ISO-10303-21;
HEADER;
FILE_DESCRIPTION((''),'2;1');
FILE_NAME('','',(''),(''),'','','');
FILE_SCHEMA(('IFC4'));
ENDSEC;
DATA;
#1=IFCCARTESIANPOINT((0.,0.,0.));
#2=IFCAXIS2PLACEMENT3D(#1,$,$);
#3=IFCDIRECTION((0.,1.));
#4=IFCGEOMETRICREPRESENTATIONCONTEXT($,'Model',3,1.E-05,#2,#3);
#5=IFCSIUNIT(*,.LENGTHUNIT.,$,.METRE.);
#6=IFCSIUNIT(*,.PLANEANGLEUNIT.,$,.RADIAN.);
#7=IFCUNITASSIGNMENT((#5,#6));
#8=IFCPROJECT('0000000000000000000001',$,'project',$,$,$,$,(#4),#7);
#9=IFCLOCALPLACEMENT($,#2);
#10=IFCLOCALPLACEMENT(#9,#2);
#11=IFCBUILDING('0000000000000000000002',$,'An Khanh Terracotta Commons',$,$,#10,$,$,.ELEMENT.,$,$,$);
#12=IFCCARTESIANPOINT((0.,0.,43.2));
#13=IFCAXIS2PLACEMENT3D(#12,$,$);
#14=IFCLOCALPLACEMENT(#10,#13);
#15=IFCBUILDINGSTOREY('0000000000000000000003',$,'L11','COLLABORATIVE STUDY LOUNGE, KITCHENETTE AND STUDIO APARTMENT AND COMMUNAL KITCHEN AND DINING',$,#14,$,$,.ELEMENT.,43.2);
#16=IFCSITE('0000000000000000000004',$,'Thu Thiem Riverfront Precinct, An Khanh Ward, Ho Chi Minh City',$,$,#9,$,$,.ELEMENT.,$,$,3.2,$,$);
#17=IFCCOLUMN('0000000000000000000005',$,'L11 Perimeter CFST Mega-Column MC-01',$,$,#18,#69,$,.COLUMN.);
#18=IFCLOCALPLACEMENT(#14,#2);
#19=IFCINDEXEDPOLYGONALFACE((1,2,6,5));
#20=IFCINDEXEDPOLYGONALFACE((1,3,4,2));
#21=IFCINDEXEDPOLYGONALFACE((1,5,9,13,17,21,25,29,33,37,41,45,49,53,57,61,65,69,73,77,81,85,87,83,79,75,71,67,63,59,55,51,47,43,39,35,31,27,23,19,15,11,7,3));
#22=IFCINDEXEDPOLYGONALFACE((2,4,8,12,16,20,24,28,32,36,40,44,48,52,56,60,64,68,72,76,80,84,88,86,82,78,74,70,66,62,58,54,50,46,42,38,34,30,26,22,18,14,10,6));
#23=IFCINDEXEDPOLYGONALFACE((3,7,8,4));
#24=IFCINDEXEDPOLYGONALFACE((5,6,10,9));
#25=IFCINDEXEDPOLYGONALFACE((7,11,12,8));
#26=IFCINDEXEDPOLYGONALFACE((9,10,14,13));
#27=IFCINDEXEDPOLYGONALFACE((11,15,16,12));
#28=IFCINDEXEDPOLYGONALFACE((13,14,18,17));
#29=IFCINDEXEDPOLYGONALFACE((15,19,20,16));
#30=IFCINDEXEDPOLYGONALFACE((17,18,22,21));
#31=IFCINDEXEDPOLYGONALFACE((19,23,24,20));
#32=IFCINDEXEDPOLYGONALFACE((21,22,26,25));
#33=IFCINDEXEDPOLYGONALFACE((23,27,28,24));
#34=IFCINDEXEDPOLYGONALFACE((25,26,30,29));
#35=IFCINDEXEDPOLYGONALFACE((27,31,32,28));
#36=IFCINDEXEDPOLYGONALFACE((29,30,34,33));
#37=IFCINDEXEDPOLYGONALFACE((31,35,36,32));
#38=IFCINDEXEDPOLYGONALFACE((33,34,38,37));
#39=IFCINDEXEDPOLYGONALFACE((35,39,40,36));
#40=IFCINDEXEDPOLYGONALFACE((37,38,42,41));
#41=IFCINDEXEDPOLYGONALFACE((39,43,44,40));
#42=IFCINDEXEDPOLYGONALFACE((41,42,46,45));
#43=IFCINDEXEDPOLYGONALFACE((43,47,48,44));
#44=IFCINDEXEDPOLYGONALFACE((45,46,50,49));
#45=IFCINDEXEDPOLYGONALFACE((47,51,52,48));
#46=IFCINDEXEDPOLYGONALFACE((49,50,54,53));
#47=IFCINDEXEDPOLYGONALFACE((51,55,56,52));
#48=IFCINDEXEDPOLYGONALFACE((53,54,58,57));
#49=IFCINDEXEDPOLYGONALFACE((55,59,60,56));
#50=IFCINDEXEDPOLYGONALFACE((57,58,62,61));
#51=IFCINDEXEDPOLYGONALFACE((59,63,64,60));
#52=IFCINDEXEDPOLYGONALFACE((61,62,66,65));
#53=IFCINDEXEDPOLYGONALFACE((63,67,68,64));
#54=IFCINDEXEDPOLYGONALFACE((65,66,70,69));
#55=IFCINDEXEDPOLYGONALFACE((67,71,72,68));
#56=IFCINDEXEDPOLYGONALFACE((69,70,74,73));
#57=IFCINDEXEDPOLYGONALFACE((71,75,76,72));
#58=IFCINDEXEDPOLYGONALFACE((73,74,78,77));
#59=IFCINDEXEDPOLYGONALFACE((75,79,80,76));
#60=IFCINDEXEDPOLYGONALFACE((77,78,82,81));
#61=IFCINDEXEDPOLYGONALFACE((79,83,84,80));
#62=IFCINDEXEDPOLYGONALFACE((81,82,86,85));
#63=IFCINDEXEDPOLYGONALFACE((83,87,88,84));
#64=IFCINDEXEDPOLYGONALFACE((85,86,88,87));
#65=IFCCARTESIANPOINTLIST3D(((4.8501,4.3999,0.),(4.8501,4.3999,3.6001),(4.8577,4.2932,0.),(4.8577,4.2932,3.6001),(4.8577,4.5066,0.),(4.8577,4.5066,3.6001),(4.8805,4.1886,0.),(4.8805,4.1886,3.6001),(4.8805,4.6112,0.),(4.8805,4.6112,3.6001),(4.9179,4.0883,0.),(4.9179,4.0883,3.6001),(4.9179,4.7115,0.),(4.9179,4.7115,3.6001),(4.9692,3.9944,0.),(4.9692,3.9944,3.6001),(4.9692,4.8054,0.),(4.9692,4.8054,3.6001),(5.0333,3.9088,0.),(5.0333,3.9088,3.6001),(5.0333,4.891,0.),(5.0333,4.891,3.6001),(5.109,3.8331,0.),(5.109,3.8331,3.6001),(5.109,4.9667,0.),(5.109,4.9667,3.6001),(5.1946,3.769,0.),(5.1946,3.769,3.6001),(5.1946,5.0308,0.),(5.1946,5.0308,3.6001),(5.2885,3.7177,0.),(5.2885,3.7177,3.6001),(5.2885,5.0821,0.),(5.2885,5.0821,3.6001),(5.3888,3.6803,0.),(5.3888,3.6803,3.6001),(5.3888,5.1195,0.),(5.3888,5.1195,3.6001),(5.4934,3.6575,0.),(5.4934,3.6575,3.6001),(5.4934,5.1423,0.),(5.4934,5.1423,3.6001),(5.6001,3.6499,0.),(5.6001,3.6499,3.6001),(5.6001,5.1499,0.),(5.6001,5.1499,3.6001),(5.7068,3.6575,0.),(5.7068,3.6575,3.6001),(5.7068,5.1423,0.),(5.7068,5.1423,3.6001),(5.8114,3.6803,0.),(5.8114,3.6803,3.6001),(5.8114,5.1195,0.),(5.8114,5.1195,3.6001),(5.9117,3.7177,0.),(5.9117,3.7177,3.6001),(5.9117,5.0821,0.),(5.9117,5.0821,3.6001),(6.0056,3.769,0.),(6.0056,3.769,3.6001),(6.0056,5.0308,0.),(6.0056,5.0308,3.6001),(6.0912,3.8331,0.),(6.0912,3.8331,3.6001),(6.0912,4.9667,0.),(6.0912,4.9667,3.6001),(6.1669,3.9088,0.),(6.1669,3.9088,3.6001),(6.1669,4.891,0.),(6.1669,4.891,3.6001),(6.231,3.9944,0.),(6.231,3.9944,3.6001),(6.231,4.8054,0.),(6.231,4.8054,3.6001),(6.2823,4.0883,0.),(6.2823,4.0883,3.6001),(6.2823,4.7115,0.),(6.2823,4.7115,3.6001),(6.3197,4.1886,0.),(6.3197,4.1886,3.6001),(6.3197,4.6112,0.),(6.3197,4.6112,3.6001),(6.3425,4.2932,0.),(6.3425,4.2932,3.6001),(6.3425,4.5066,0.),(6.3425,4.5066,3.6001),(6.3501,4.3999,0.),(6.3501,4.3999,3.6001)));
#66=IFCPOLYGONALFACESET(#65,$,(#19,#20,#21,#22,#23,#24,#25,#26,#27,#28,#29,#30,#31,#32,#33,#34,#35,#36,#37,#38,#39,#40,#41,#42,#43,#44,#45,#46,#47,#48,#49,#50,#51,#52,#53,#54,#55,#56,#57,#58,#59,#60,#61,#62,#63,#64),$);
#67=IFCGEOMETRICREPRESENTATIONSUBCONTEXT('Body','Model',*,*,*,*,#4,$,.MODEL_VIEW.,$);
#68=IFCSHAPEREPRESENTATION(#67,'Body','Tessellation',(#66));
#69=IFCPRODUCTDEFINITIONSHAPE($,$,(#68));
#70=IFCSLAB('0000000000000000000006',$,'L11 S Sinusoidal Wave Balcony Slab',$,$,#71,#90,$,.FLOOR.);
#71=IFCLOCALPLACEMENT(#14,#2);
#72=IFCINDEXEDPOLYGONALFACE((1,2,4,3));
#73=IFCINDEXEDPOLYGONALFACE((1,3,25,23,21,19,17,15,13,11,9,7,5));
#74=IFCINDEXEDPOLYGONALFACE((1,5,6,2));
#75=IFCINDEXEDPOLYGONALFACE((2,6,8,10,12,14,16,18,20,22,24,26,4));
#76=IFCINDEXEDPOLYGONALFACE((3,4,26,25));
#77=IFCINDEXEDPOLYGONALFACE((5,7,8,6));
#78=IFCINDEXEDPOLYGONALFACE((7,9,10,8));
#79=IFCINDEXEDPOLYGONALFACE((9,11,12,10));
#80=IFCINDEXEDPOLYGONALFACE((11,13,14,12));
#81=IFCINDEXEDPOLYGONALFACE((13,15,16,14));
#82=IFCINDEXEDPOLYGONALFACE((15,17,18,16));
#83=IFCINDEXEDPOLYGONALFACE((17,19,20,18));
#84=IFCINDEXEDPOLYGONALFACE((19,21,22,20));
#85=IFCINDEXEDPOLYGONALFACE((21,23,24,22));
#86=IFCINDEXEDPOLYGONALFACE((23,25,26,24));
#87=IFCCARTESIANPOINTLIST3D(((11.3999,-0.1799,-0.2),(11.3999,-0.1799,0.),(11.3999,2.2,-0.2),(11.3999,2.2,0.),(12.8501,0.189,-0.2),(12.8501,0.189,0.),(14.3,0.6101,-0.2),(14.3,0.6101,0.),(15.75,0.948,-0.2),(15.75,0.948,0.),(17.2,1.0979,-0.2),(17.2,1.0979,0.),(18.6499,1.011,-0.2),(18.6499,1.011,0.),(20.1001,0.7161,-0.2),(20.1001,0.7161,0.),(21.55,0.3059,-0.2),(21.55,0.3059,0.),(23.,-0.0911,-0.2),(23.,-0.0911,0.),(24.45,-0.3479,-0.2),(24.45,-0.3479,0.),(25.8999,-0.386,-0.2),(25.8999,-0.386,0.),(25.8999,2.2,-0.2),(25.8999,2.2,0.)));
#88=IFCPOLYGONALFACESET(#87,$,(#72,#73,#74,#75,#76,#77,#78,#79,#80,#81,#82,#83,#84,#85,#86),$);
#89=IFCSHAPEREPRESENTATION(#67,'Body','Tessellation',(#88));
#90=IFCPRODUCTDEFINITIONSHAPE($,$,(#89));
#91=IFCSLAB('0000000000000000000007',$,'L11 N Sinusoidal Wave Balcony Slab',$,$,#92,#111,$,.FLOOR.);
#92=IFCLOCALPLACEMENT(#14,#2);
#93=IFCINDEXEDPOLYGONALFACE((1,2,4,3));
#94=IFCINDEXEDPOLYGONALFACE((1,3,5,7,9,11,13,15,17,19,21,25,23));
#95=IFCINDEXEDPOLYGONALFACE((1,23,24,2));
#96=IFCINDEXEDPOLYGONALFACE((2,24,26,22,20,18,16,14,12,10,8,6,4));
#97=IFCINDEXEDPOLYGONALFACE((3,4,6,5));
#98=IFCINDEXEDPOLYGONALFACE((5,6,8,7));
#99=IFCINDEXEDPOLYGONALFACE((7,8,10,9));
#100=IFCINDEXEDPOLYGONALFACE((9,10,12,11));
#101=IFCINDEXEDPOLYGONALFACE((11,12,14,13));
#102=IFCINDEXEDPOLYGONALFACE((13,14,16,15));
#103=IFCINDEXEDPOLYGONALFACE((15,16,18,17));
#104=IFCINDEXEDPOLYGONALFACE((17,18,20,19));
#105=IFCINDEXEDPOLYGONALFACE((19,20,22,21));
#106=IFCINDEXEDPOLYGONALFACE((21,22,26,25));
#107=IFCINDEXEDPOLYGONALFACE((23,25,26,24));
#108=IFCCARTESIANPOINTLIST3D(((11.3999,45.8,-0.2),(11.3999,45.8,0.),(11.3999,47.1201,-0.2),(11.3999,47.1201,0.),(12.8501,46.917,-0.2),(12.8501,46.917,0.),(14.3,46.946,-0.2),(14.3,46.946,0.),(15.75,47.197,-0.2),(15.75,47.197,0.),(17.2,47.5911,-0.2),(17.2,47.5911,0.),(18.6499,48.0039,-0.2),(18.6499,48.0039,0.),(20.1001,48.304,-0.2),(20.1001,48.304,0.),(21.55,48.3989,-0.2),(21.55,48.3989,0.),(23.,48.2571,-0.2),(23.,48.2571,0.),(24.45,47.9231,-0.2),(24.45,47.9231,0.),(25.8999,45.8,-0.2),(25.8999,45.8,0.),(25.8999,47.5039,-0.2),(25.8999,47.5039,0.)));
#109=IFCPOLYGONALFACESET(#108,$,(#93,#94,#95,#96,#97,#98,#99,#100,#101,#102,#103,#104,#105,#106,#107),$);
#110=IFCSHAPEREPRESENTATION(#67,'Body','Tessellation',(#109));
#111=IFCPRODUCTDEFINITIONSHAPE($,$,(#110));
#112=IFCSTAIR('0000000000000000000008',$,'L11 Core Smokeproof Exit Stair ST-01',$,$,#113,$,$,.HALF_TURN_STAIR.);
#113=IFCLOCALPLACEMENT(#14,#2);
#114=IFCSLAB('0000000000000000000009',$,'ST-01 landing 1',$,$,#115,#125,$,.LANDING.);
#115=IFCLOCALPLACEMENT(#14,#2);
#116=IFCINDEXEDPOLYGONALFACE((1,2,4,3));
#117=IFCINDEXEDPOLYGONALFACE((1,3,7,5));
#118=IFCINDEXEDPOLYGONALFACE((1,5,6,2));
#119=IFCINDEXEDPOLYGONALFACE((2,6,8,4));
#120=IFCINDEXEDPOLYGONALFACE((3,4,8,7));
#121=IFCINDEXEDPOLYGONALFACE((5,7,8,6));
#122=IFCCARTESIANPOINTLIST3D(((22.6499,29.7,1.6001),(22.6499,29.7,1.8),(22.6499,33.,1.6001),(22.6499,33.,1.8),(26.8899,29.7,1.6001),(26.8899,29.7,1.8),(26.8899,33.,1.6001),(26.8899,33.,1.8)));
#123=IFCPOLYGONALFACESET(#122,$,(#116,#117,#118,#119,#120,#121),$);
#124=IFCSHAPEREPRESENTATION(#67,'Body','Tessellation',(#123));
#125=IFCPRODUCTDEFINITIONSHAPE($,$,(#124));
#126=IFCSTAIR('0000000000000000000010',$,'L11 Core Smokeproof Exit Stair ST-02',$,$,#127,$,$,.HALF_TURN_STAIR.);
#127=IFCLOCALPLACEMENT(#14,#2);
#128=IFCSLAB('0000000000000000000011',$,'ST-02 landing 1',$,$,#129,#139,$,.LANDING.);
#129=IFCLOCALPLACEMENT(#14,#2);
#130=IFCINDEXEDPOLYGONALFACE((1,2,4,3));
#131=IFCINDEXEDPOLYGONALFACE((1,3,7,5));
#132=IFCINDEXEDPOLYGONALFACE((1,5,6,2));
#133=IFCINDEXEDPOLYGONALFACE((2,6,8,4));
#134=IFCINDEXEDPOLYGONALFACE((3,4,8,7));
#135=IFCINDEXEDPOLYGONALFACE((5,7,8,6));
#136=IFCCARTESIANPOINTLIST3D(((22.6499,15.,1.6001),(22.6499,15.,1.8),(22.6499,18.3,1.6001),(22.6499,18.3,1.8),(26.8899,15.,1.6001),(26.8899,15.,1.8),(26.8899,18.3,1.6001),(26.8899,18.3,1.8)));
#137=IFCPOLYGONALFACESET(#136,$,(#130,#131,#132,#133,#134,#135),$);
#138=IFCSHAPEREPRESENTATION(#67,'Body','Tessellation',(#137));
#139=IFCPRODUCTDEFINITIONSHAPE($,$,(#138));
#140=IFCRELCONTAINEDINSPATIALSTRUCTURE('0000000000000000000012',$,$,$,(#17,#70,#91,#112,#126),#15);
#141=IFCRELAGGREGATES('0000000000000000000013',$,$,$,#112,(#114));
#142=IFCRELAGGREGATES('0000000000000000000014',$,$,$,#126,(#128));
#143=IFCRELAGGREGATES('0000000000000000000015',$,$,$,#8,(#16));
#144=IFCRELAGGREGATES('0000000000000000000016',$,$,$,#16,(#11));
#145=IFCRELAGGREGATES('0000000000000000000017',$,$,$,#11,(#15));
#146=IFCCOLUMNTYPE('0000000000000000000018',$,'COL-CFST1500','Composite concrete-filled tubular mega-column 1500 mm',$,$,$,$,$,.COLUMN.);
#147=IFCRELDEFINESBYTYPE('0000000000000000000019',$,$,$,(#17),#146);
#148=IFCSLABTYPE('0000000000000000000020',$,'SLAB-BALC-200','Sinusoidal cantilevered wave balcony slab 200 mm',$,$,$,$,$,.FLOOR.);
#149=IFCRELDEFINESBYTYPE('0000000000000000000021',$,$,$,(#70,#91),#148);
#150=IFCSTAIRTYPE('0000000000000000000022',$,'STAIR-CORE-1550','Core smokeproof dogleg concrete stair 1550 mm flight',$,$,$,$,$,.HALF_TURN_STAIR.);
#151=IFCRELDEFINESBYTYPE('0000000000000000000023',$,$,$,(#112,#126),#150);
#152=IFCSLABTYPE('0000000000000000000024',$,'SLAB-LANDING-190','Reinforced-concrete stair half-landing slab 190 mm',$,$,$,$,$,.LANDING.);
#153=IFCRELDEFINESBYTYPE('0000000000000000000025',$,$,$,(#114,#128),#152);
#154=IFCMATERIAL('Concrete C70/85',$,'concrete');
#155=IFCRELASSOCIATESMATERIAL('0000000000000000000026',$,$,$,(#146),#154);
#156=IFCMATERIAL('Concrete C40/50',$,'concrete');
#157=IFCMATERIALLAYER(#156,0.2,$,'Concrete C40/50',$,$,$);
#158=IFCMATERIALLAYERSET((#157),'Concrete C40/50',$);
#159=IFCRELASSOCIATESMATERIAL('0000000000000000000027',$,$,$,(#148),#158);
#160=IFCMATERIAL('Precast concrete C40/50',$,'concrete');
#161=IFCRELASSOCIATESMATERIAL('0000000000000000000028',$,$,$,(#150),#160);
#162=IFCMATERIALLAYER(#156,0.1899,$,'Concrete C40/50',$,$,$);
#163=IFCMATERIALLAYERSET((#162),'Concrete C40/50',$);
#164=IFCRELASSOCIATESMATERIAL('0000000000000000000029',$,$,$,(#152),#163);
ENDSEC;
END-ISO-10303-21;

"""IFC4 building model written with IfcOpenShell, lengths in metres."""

from ifc_helpers import new_model, si_unit, direction, frame, origin, origin_2d, place, context, subcontext, project, spatial, polyline, circle, outline, extrude, material, layer, layer_set, material_profile, profile_set, type_object, element, aggregate, save


model = new_model("IFC4")

# Units and contexts
model_context = context("Model", 3, precision=1e-05, world=origin(), true_north=direction((0.0, 1.0)))
body_context = subcontext(model_context, "Body", "Model", "MODEL_VIEW")
ifc_project = project(units=[si_unit("LENGTHUNIT", "METRE"), si_unit("PLANEANGLEUNIT", "RADIAN")], contexts=[model_context])

# Site, building, storey
site_placement = place(None, origin())
site = spatial("IfcSite", under=ifc_project, at=site_placement, Name="Thu Thiem Riverfront Precinct, An Khanh Ward, Ho Chi Minh City", CompositionType="ELEMENT", RefElevation=3.2)
building_placement = place(site_placement, origin())
building = spatial("IfcBuilding", under=site, at=building_placement, Name="An Khanh Terracotta Commons", CompositionType="ELEMENT")
storey_placement = place(building_placement, frame((0.0, 0.0, 43.2)))
storey = spatial("IfcBuildingStorey", under=building, at=storey_placement, Name="L11", Description="COLLABORATIVE STUDY LOUNGE, KITCHENETTE AND STUDIO APARTMENT AND COMMUNAL KITCHEN AND DINING", CompositionType="ELEMENT", Elevation=43.2)

# Column
ifc_material_1 = material(Name="Concrete C70/85", Category="concrete")
ifc_material_profile = material_profile(ifc_material_1, circle(Radius=0.75, at=origin_2d()), Name="CFST1500")
ifc_profile_set = profile_set([ifc_material_profile], Name="Concrete C70/85")
column_type = type_object("IfcColumnType", Name="COL-CFST1500", Description="Composite concrete-filled tubular mega-column 1500 mm", PredefinedType="COLUMN", material=ifc_profile_set)
column_placement = place(storey_placement, frame((5.6001, 4.3999, 0.0), z_axis=(0.0, 0.0, 1.0), x_axis=(1.0, 0.0, 0.0)))
element("IfcColumn", 1, at=column_placement, inside=storey, type_object=column_type, Name="L11 Perimeter CFST Mega-Column MC-01", PredefinedType="COLUMN", context=body_context, shape_type="SweptSolid", body=[
    extrude(circle(Radius=0.75, at=origin_2d()), origin(), (0.0, 0.0, 1.0), 3.6001),
])

# Slabs
ifc_material_2 = material(Name="Concrete C40/50", Category="concrete")
ifc_layer_1 = layer(ifc_material_2, 0.2, Name="Concrete C40/50")
ifc_layer_set_1 = layer_set([ifc_layer_1], Name="Concrete C40/50")
slab_type_1 = type_object("IfcSlabType", Name="SLAB-BALC-200", Description="Sinusoidal cantilevered wave balcony slab 200 mm", PredefinedType="FLOOR", material=ifc_layer_set_1)
slab_1_placement = place(storey_placement, frame((0.0, 0.0, -0.2)))
element("IfcSlab", 2, at=slab_1_placement, inside=storey, type_object=slab_type_1, Name="L11 S Sinusoidal Wave Balcony Slab", PredefinedType="FLOOR", context=body_context, shape_type="SweptSolid", body=[
    extrude(outline(polyline([(11.3999, 2.2), (11.3999, -0.1799), (12.8501, 0.189), (14.3, 0.6101), (15.75, 0.948), (17.2, 1.0979), (18.6499, 1.011), (20.1001, 0.7161), (21.55, 0.3059), (23.0, -0.0911), (24.45, -0.3479), (25.8999, -0.386), (25.8999, 2.2), (11.3999, 2.2)])), origin(), (0.0, 0.0, 1.0), 0.2),
])
slab_2_placement = place(storey_placement, frame((0.0, 0.0, -0.2)))
element("IfcSlab", 3, at=slab_2_placement, inside=storey, type_object=slab_type_1, Name="L11 N Sinusoidal Wave Balcony Slab", PredefinedType="FLOOR", context=body_context, shape_type="SweptSolid", body=[
    extrude(outline(polyline([(25.8999, 45.8), (25.8999, 47.5039), (24.45, 47.9231), (23.0, 48.2571), (21.55, 48.3989), (20.1001, 48.304), (18.6499, 48.0039), (17.2, 47.5911), (15.75, 47.197), (14.3, 46.946), (12.8501, 46.917), (11.3999, 47.1201), (11.3999, 45.8), (25.8999, 45.8)])), origin(), (0.0, 0.0, 1.0), 0.2),
])

# Stairs, slabs
ifc_material_3 = material(Name="Precast concrete C40/50", Category="concrete")
stair_type = type_object("IfcStairType", Name="STAIR-CORE-1550", Description="Core smokeproof dogleg concrete stair 1550 mm flight", PredefinedType="HALF_TURN_STAIR", material=ifc_material_3)
stair_1_placement = place(storey_placement, origin())
stair_1 = element("IfcStair", 4, at=stair_1_placement, inside=storey, type_object=stair_type, Name="L11 Core Smokeproof Exit Stair ST-01", PredefinedType="HALF_TURN_STAIR")
ifc_layer_2 = layer(ifc_material_2, 0.1899, Name="Concrete C40/50")
ifc_layer_set_2 = layer_set([ifc_layer_2], Name="Concrete C40/50")
slab_type_2 = type_object("IfcSlabType", Name="SLAB-LANDING-190", Description="Reinforced-concrete stair half-landing slab 190 mm", PredefinedType="LANDING", material=ifc_layer_set_2)
slab_3_placement = place(storey_placement, frame((0.0, 0.0, 1.6001)))
slab_3 = element("IfcSlab", 5, at=slab_3_placement, type_object=slab_type_2, Name="ST-01 landing 1", PredefinedType="LANDING", context=body_context, shape_type="SweptSolid", body=[
    extrude(outline(polyline([(26.8899, 33.0), (22.6499, 33.0), (22.6499, 29.7), (26.8899, 29.7), (26.8899, 33.0)])), origin(), (0.0, 0.0, 1.0), 0.2),
])
aggregate(stair_1, [slab_3])
stair_2_placement = place(storey_placement, origin())
stair_2 = element("IfcStair", 6, at=stair_2_placement, inside=storey, type_object=stair_type, Name="L11 Core Smokeproof Exit Stair ST-02", PredefinedType="HALF_TURN_STAIR")
slab_4_placement = place(storey_placement, frame((0.0, 0.0, 1.6001)))
slab_4 = element("IfcSlab", 7, at=slab_4_placement, type_object=slab_type_2, Name="ST-02 landing 1", PredefinedType="LANDING", context=body_context, shape_type="SweptSolid", body=[
    extrude(outline(polyline([(26.8899, 18.3), (22.6499, 18.3), (22.6499, 15.0), (26.8899, 15.0), (26.8899, 18.3)])), origin(), (0.0, 0.0, 1.0), 0.2),
])
aggregate(stair_2, [slab_4])

save(model, "model.ifc")
